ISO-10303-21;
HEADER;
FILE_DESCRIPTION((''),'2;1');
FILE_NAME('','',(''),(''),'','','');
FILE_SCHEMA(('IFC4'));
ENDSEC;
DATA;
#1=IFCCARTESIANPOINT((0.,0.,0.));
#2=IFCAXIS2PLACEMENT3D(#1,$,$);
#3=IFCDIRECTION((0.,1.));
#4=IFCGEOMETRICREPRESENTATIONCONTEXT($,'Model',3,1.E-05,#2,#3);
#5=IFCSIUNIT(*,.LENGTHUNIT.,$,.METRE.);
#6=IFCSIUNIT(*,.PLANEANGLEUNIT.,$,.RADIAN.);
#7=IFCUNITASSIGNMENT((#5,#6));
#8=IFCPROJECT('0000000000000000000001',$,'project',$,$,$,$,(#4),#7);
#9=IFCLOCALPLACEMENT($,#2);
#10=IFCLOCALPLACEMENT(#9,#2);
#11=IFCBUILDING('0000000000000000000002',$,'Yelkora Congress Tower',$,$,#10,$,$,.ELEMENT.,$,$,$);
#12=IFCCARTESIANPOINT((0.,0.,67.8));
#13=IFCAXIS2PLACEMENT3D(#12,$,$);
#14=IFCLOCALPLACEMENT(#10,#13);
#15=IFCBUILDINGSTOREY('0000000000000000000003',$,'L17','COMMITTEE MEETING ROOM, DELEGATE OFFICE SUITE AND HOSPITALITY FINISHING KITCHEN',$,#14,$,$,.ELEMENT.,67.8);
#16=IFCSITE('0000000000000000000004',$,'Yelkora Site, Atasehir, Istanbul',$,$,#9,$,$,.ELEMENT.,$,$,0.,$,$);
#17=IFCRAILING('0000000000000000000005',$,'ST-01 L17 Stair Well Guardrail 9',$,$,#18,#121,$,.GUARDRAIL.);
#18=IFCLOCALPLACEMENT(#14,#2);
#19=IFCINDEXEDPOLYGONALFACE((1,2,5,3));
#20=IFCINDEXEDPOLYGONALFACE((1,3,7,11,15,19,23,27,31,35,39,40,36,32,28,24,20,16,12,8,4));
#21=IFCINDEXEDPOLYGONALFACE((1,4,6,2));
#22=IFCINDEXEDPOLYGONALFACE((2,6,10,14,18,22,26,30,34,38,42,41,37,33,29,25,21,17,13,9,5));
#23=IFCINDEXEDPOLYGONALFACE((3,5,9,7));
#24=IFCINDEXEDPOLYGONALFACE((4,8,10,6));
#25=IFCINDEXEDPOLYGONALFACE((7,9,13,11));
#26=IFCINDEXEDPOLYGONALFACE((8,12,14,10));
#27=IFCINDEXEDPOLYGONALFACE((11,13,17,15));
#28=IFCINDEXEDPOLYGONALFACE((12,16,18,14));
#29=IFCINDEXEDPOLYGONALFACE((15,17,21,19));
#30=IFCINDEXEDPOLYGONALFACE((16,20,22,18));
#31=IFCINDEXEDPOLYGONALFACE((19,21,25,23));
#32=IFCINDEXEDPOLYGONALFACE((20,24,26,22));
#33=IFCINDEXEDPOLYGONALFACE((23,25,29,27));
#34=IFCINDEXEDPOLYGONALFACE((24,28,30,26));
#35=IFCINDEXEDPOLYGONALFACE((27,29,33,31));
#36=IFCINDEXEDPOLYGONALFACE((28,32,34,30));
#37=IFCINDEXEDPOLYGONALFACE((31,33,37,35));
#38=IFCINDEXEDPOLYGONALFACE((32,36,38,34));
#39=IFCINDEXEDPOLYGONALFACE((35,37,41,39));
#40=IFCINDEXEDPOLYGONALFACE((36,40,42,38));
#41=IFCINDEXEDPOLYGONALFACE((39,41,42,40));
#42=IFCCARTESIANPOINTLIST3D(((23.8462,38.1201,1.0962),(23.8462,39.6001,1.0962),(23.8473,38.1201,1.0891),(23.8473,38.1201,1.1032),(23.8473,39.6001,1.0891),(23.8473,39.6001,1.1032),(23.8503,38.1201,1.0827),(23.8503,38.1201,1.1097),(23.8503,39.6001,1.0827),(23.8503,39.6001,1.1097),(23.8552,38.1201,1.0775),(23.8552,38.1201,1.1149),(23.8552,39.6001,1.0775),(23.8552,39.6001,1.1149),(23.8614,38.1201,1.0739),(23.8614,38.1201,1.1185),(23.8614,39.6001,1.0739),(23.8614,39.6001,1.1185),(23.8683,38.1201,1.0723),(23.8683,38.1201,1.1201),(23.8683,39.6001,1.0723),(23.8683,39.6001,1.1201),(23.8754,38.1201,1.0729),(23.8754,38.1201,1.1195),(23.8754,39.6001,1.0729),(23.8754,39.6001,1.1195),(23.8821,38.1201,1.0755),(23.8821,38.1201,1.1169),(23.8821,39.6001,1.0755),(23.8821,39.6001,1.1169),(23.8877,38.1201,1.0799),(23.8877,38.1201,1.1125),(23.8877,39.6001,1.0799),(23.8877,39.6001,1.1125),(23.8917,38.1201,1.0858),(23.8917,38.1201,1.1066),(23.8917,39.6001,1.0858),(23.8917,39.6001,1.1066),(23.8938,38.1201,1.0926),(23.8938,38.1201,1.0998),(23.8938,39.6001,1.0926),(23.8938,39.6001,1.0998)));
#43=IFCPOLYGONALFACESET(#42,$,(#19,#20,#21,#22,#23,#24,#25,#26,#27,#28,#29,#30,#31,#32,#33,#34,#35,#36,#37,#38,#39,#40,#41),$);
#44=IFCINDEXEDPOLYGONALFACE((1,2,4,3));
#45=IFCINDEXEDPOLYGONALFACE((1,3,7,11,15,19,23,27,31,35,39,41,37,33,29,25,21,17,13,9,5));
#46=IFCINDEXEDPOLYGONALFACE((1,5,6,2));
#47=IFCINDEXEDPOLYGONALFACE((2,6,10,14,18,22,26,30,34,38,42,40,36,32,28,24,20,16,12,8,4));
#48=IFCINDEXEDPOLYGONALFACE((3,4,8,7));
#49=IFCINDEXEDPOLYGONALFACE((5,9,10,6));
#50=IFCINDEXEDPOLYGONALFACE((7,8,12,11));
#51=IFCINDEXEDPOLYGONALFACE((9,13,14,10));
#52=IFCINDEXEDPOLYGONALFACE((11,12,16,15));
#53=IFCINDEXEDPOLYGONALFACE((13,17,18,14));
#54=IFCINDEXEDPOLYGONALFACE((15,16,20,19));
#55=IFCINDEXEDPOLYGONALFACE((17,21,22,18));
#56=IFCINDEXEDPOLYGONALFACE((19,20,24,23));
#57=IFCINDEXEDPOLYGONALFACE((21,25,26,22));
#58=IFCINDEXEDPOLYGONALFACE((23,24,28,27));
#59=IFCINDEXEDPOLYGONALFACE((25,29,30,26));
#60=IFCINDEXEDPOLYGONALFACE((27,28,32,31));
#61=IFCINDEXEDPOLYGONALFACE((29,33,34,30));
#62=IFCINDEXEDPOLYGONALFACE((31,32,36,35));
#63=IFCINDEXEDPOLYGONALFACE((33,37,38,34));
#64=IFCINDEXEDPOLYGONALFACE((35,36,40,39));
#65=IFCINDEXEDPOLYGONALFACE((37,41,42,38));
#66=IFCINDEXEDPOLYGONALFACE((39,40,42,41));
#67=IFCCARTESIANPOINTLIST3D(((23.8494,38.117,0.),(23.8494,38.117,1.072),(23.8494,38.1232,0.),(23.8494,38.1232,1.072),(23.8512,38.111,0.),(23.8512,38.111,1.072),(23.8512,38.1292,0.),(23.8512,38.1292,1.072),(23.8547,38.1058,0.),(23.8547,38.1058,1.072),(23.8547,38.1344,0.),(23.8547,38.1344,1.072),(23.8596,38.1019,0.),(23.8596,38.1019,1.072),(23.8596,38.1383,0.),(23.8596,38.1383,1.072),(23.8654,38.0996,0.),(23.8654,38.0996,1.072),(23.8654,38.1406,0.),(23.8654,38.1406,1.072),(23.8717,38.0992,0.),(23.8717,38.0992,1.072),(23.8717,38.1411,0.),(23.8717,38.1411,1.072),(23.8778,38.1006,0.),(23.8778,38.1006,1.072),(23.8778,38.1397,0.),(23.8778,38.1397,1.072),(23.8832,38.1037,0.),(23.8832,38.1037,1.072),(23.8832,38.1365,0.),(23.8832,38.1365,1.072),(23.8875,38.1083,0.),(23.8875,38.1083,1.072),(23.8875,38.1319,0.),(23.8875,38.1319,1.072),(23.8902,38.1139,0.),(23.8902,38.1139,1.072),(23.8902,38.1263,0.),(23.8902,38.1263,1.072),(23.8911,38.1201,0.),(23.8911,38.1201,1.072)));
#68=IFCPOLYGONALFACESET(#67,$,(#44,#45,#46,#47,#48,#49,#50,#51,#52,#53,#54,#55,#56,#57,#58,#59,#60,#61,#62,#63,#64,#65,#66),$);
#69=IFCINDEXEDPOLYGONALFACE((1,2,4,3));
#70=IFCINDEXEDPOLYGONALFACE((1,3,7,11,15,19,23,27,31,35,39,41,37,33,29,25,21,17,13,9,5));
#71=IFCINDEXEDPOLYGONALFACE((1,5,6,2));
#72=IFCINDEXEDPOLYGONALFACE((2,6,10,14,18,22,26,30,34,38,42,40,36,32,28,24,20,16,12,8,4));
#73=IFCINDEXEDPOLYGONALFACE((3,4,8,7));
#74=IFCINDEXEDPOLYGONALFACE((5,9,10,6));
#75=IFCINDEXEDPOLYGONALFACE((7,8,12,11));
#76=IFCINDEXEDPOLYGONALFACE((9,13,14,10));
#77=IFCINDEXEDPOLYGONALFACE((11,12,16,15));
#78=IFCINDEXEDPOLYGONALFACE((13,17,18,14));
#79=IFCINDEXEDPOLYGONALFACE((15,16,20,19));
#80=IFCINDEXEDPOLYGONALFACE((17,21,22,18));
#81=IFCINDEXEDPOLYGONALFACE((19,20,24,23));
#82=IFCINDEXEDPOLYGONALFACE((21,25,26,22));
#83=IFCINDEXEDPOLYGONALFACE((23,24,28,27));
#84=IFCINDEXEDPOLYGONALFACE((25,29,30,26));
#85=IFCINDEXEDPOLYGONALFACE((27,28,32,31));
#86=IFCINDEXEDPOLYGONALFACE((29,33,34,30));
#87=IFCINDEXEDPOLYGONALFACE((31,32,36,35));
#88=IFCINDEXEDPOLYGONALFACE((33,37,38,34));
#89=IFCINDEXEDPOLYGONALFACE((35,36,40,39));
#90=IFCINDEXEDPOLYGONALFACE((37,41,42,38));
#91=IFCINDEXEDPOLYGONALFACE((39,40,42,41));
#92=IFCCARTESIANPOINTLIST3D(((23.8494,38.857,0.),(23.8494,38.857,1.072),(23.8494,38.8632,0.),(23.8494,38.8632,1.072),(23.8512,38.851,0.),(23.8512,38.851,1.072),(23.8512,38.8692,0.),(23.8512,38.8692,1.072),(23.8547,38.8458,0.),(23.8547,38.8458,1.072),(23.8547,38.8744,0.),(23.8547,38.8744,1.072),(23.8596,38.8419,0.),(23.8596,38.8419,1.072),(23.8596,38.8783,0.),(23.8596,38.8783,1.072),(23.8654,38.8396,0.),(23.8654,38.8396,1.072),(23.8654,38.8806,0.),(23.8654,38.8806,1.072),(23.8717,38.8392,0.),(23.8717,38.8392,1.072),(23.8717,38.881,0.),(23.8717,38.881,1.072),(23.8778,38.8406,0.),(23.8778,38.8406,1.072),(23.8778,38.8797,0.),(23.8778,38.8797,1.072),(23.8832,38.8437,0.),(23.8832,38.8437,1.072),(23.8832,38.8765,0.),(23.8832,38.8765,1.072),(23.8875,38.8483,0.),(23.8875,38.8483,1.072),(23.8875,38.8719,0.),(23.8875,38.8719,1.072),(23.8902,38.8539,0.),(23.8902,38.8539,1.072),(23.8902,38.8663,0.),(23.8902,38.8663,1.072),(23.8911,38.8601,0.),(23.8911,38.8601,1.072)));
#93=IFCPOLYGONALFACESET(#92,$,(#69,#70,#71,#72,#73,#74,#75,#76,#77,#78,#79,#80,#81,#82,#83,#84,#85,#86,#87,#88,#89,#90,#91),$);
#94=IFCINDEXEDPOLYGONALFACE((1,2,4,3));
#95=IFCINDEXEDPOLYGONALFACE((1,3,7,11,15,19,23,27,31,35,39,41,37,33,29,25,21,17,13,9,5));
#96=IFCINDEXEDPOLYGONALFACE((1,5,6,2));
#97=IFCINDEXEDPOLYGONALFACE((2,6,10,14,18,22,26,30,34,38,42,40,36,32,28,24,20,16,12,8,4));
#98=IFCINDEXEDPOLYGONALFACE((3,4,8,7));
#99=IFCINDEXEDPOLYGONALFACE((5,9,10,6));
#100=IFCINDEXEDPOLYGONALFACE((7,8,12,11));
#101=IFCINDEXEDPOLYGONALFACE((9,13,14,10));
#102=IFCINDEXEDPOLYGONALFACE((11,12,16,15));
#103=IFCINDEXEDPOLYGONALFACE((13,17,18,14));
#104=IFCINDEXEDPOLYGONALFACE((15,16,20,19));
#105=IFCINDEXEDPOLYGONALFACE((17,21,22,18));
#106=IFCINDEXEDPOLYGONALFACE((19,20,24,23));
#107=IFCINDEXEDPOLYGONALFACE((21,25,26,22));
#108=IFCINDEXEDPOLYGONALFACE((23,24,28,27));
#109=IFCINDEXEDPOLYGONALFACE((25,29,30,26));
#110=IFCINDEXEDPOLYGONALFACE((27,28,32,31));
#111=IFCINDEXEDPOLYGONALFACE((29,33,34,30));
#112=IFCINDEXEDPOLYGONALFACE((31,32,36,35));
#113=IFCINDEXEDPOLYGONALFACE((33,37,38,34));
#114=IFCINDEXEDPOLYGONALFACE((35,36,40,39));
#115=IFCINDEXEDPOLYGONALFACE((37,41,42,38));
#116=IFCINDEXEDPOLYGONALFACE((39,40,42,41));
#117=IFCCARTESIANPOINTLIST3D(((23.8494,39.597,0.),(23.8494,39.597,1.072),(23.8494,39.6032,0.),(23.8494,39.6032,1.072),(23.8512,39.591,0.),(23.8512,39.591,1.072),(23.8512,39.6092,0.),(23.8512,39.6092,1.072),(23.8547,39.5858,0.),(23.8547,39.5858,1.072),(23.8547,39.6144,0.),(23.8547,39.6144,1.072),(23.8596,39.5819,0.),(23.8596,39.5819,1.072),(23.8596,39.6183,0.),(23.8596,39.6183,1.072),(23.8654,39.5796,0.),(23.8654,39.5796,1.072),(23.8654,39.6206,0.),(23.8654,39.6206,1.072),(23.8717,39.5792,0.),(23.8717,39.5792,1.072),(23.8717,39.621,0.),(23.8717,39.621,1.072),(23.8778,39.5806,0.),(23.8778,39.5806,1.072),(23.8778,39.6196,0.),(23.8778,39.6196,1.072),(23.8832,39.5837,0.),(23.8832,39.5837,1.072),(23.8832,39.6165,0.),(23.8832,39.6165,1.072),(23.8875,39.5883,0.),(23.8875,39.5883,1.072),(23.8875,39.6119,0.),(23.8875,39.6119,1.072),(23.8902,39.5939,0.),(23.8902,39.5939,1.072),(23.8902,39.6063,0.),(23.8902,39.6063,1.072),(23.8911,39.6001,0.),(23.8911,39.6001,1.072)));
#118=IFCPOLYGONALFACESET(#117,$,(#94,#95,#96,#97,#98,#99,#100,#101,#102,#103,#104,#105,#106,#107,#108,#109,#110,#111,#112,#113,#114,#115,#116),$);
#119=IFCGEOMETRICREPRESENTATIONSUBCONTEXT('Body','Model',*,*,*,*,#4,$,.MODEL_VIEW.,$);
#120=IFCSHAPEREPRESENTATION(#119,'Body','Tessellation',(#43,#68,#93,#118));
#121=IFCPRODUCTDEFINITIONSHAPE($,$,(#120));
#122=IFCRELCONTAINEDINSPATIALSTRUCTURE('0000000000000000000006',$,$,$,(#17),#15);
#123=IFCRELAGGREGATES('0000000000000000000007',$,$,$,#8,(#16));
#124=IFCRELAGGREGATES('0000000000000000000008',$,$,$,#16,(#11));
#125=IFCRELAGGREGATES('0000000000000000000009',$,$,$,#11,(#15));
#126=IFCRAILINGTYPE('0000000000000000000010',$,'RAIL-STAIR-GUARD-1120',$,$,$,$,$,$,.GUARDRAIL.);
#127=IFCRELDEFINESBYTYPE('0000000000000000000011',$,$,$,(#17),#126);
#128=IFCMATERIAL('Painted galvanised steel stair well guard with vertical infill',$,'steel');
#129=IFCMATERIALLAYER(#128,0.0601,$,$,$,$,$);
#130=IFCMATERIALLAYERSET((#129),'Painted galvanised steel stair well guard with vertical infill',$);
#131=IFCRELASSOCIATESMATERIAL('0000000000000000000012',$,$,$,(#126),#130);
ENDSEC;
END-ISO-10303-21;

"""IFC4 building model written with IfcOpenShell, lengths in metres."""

from ifc_helpers import new_model, si_unit, direction, frame, origin, origin_2d, place, context, subcontext, project, spatial, circle, extrude, material, layer, layer_set, type_object, element, save


model = new_model("IFC4")

# Units and contexts
model_context = context("Model", 3, precision=1e-05, world=origin(), true_north=direction((0.0, 1.0)))
body_context = subcontext(model_context, "Body", "Model", "MODEL_VIEW")
ifc_project = project(units=[si_unit("LENGTHUNIT", "METRE"), si_unit("PLANEANGLEUNIT", "RADIAN")], contexts=[model_context])

# Site, building, storey
site_placement = place(None, origin())
site = spatial("IfcSite", under=ifc_project, at=site_placement, Name="Yelkora Site, Atasehir, Istanbul", CompositionType="ELEMENT", RefElevation=0.0)
building_placement = place(site_placement, origin())
building = spatial("IfcBuilding", under=site, at=building_placement, Name="Yelkora Congress Tower", CompositionType="ELEMENT")
storey_placement = place(building_placement, frame((0.0, 0.0, 67.8)))
storey = spatial("IfcBuildingStorey", under=building, at=storey_placement, Name="L17", Description="COMMITTEE MEETING ROOM, DELEGATE OFFICE SUITE AND HOSPITALITY FINISHING KITCHEN", CompositionType="ELEMENT", Elevation=67.8)

# Railing
ifc_material_1 = material(Name="Painted galvanised steel stair well guard with vertical infill", Category="steel")
ifc_layer_1 = layer(ifc_material_1, 0.0601)
ifc_layer_set_1 = layer_set([ifc_layer_1], Name="Painted galvanised steel stair well guard with vertical infill")
railing_type_1 = type_object("IfcRailingType", Name="RAIL-STAIR-GUARD-1120", PredefinedType="GUARDRAIL", material=ifc_layer_set_1)
for number, where, name in (
    (1, (23.8701, 38.1201, 0.0), "ST-01 L17 Stair Well Guardrail 9"),
):
    element("IfcRailing", number, at=place(storey_placement, frame(where)), inside=storey, type_object=railing_type_1, Name=name, PredefinedType="GUARDRAIL", context=body_context, shape_type="SweptSolid", body=[
        extrude(circle(Radius=0.0239, at=origin_2d()), frame((0.0, 0.0, 1.0962), z_axis=(0.0, 1.0, 0.0), x_axis=(-1.0, 0.0, 0.0)), (0.0, 0.0, 1.0), 1.48),
        extrude(circle(Radius=0.021, at=origin_2d()), origin(), (0.0, 0.0, 1.0), 1.072),
        extrude(circle(Radius=0.021, at=origin_2d()), frame((0.0, 0.74, 0.0)), (0.0, 0.0, 1.0), 1.072),
        extrude(circle(Radius=0.021, at=origin_2d()), frame((0.0, 1.48, 0.0)), (0.0, 0.0, 1.0), 1.072),
    ])

save(model, "model.ifc")
